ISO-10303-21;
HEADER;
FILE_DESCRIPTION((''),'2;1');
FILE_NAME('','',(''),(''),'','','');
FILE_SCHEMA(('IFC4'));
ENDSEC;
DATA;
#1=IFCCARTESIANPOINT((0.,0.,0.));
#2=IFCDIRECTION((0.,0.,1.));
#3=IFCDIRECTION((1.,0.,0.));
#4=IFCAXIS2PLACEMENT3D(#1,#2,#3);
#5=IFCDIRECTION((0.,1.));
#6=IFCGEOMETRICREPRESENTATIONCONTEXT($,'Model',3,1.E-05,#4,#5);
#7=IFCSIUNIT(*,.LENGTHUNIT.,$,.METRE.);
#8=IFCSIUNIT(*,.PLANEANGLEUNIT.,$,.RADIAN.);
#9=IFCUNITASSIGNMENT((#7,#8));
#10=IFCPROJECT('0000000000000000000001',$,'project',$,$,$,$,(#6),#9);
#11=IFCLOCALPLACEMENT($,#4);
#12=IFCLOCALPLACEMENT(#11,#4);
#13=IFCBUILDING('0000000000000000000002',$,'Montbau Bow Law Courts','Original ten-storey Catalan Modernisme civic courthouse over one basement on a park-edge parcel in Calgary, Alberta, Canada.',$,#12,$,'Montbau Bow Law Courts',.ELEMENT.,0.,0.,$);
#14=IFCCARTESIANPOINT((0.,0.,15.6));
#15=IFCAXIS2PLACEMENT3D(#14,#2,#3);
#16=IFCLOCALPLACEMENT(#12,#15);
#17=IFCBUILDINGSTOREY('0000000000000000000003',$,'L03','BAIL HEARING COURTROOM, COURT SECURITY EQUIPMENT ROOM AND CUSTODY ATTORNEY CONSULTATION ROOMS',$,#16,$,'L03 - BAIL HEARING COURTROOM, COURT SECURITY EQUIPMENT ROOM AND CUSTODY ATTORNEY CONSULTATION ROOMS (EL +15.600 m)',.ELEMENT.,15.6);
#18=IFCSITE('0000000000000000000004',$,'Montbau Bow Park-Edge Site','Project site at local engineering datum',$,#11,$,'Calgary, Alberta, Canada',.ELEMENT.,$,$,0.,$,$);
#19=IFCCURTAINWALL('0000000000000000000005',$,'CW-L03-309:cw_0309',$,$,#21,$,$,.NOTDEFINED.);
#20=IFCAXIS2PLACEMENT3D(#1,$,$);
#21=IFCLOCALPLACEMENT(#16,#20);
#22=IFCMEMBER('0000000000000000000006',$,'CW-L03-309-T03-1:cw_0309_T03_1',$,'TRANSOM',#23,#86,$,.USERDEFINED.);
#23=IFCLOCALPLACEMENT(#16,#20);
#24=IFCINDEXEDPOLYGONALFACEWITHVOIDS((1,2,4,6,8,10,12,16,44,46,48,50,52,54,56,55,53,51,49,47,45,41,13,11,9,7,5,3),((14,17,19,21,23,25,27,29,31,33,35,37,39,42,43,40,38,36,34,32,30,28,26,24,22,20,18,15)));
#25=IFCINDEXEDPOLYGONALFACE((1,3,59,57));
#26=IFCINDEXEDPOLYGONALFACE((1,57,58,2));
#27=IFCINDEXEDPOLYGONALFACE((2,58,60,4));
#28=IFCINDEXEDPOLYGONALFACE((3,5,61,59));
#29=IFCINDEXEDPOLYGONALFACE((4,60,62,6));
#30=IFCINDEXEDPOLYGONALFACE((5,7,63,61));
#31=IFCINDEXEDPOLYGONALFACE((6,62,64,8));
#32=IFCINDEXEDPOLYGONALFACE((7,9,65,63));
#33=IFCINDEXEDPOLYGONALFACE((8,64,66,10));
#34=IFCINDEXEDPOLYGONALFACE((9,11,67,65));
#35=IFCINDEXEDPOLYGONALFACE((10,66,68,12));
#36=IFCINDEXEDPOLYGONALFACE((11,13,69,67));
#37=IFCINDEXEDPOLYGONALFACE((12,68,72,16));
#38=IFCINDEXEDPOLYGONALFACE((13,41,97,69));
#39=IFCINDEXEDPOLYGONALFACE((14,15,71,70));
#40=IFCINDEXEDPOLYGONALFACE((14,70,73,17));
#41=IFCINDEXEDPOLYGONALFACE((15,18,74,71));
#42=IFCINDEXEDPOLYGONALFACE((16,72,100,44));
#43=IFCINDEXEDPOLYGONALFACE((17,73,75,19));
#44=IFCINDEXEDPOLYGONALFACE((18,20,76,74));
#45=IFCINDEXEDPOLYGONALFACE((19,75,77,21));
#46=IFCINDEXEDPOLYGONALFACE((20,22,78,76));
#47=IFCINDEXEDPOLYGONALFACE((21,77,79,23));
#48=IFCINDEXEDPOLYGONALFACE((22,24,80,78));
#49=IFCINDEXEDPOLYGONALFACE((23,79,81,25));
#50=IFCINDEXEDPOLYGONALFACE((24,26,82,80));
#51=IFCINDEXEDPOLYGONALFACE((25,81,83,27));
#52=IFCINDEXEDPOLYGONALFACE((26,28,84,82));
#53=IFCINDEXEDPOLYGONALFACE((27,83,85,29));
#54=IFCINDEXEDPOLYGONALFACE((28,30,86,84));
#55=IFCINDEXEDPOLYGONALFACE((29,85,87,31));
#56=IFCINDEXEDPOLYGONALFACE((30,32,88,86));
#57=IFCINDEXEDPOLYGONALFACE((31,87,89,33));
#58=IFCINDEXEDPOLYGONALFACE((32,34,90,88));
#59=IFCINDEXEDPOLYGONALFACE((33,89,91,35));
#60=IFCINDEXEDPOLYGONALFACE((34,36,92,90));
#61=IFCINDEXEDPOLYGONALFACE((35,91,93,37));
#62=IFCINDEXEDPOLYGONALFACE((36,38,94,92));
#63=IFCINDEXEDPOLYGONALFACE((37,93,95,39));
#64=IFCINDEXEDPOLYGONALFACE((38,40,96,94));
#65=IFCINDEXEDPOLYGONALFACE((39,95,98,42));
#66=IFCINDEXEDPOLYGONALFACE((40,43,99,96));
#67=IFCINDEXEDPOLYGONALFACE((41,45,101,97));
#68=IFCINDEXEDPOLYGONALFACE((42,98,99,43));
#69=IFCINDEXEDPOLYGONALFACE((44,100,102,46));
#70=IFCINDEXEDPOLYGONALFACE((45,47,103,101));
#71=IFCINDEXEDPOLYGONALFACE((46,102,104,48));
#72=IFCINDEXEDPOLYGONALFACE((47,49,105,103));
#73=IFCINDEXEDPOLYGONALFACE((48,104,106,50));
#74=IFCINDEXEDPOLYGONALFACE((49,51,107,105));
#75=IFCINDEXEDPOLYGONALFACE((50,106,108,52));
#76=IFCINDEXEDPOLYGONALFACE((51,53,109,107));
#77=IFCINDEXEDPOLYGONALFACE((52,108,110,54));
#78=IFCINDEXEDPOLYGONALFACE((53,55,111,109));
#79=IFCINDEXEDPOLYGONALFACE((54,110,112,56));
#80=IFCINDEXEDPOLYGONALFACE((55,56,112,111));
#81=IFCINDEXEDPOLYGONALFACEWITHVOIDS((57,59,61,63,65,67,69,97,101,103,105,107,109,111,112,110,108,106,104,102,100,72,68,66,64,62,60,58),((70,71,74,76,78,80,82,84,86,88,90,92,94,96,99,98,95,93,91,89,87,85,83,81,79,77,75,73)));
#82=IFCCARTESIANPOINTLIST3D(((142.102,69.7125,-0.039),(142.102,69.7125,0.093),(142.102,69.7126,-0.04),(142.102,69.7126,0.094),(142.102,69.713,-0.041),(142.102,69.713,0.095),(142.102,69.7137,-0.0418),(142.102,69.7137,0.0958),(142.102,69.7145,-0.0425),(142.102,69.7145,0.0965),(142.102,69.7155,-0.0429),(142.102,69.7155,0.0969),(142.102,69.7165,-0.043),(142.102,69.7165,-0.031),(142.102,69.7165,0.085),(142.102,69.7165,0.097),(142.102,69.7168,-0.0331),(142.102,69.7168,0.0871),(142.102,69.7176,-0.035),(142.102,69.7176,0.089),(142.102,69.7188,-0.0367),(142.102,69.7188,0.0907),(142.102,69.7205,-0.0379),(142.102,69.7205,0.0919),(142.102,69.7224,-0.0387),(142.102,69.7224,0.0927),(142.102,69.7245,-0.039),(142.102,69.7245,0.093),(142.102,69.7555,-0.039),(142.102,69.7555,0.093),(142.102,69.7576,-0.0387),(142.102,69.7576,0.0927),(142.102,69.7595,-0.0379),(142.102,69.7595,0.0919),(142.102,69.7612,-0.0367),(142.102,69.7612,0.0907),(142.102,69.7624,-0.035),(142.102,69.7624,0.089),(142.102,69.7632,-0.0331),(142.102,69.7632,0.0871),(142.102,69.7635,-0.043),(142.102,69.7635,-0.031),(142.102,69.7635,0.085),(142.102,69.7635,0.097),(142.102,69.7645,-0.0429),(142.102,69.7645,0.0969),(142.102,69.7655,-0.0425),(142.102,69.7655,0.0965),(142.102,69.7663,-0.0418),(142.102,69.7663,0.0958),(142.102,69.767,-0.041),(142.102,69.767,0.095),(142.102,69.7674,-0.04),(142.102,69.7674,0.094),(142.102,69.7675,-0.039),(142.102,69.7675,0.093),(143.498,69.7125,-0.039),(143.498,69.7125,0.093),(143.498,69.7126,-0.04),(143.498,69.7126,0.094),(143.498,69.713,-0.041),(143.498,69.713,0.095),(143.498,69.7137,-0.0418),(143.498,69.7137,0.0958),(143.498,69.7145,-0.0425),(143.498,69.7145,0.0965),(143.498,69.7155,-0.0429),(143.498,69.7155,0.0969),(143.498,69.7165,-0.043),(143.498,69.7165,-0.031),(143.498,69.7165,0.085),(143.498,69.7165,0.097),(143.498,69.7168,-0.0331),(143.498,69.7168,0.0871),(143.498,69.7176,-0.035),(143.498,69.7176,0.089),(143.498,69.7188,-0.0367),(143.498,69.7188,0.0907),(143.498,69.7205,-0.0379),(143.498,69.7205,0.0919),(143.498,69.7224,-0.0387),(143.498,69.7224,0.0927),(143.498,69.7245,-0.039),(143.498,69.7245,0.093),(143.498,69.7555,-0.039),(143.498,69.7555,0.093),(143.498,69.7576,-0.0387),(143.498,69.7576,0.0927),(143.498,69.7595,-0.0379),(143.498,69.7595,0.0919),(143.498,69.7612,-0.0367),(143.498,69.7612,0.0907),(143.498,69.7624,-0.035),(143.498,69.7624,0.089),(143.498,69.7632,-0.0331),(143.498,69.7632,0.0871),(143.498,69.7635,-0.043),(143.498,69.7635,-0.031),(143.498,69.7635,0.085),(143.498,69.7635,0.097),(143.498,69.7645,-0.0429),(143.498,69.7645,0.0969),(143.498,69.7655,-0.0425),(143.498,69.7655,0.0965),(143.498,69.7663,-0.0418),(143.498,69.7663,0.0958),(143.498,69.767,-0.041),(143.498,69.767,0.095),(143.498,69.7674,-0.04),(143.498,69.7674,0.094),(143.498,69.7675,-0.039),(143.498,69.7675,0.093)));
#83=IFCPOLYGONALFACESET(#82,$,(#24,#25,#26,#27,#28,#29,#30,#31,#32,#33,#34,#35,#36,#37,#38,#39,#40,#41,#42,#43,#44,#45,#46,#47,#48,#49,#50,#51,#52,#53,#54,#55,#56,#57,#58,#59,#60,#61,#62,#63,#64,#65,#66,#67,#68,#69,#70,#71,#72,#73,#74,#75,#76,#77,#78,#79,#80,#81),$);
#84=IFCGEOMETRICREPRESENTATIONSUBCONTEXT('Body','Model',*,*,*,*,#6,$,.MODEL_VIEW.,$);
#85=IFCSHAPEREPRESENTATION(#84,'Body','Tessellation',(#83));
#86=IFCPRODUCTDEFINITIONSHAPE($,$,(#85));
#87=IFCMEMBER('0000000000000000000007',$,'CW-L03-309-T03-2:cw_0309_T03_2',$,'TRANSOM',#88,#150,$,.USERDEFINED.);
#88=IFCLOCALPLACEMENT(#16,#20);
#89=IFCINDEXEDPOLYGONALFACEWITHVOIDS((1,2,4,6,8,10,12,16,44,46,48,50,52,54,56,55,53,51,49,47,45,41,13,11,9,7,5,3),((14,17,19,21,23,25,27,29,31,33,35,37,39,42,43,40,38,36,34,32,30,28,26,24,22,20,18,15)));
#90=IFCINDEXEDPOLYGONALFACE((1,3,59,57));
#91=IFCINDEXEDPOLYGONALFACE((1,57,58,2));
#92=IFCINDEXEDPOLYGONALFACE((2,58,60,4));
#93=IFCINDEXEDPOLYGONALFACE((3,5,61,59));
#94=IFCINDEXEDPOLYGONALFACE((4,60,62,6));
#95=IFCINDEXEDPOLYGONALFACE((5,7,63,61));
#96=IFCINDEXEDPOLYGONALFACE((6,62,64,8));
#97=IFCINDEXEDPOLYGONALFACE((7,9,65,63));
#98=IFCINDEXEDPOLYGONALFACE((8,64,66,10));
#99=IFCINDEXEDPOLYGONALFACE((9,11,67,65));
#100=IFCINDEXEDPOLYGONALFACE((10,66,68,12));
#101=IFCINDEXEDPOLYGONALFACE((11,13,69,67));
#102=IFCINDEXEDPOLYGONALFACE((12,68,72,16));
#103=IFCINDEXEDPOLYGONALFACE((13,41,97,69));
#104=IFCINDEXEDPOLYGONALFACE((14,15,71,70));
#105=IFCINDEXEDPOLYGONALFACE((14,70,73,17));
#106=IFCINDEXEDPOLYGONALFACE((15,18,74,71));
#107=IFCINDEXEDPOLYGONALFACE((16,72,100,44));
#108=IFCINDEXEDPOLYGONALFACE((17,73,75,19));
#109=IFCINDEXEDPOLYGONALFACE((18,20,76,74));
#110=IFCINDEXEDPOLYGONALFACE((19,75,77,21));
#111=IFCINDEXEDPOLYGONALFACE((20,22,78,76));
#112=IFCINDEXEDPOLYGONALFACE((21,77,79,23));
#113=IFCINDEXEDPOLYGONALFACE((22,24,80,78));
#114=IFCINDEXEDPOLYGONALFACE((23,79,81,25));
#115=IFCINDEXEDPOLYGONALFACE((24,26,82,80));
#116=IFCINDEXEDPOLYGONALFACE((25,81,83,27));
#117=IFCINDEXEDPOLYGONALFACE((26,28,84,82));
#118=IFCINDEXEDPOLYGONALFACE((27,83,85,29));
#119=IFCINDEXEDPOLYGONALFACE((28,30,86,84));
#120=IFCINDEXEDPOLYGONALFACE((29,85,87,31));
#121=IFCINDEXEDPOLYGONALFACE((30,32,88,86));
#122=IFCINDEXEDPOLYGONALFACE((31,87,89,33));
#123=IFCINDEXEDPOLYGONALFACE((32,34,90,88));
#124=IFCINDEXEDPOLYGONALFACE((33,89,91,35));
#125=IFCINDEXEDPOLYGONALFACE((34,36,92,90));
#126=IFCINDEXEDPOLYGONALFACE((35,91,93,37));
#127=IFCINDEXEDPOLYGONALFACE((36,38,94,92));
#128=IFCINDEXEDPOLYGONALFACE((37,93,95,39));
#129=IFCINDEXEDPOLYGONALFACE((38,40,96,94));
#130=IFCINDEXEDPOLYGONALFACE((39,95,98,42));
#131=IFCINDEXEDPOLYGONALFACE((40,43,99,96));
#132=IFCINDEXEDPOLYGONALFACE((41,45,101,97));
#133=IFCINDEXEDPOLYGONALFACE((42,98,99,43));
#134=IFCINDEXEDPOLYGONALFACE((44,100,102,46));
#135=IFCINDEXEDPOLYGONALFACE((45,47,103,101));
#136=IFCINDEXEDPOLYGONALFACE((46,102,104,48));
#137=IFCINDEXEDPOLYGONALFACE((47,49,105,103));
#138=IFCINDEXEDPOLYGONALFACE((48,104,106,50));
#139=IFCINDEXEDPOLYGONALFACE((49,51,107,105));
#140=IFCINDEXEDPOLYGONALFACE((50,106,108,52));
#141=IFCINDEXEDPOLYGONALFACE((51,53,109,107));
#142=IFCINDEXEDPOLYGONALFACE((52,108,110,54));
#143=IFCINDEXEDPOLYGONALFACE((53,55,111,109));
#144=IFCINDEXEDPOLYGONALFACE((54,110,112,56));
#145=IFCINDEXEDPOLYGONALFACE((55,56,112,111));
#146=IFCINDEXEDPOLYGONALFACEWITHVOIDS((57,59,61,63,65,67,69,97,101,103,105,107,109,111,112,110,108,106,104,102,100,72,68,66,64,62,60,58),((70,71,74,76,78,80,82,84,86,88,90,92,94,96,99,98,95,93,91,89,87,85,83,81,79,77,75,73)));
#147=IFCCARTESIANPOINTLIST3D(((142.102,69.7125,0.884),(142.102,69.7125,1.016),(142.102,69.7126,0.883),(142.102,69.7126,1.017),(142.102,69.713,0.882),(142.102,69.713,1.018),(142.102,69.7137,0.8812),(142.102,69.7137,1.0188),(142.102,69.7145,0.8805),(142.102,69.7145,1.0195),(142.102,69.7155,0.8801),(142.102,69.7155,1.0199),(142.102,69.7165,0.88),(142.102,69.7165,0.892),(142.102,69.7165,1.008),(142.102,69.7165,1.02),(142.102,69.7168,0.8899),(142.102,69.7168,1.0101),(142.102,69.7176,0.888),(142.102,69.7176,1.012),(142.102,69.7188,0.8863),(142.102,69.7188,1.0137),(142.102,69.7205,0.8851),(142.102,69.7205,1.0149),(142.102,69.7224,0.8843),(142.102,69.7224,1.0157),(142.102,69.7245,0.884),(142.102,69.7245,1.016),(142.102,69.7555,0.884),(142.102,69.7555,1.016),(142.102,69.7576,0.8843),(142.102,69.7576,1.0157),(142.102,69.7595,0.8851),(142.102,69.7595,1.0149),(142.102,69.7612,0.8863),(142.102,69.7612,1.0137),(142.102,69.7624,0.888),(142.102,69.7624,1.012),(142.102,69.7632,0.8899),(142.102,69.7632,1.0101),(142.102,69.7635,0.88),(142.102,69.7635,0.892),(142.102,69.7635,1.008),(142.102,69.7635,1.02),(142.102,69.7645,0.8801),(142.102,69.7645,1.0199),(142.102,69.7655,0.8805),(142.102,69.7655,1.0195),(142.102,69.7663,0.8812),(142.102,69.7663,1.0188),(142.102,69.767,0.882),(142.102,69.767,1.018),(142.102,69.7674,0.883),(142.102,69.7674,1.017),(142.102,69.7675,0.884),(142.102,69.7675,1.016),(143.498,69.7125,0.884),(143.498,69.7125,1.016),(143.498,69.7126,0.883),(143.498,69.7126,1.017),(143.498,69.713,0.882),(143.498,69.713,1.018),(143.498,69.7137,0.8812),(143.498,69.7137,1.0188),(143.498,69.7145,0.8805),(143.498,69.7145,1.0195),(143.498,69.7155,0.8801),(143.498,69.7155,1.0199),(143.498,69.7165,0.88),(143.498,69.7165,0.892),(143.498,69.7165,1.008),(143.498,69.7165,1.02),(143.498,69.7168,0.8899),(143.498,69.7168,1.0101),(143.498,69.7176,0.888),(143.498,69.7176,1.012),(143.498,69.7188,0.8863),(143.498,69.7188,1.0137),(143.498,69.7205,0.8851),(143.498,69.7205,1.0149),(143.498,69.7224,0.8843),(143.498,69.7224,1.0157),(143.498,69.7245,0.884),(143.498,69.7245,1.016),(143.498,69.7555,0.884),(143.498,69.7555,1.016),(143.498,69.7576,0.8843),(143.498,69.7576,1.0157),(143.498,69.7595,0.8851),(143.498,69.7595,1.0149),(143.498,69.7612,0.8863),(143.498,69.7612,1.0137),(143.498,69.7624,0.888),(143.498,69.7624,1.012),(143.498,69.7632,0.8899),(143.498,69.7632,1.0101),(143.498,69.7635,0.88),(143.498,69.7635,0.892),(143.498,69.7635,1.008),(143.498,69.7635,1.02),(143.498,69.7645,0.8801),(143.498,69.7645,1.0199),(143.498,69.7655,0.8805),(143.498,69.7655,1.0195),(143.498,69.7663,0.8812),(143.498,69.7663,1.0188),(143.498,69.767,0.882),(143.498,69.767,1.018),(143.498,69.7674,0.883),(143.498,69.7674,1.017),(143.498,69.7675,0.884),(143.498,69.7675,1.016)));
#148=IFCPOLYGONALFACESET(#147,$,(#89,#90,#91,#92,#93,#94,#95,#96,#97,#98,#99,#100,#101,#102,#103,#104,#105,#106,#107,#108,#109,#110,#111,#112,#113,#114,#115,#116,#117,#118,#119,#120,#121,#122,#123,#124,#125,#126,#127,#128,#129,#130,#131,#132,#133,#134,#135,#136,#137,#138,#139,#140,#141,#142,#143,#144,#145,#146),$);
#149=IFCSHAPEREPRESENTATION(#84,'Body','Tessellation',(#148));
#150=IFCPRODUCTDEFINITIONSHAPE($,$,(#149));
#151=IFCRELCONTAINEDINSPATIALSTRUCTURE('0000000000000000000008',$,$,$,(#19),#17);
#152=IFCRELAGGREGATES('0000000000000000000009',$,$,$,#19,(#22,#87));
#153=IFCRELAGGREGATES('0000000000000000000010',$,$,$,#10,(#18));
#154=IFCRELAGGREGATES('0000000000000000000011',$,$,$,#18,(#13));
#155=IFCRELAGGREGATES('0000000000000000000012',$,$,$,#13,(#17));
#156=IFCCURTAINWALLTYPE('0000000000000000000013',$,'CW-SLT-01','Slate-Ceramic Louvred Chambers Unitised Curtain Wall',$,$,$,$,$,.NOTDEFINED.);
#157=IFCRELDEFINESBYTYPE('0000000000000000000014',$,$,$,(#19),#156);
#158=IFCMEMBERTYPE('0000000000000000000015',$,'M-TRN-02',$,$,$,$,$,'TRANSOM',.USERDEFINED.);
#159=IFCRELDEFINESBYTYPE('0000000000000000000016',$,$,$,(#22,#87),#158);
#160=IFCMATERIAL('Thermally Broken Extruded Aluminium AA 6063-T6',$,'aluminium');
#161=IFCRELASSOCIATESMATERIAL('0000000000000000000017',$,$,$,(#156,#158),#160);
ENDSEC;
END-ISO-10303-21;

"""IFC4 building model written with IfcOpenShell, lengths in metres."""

from ifc_helpers import new_model, si_unit, direction, frame, origin_with_axes, origin_2d_with_axis, place, context, subcontext, project, spatial, hollow_rectangle, extrude, material, material_profile, profile_set, type_object, element, aggregate, save


model = new_model("IFC4")

# Units and contexts
model_context = context("Model", 3, precision=1e-05, world=origin_with_axes(), true_north=direction((0.0, 1.0)))
body_context = subcontext(model_context, "Body", "Model", "MODEL_VIEW")
ifc_project = project(units=[si_unit("LENGTHUNIT", "METRE"), si_unit("PLANEANGLEUNIT", "RADIAN")], contexts=[model_context])

# Site, building, storey
site_placement = place(None, origin_with_axes())
site = spatial("IfcSite", under=ifc_project, at=site_placement, Name="Montbau Bow Park-Edge Site", Description="Project site at local engineering datum", LongName="Calgary, Alberta, Canada", CompositionType="ELEMENT", RefElevation=0.0)
building_placement = place(site_placement, origin_with_axes())
building = spatial("IfcBuilding", under=site, at=building_placement, Name="Montbau Bow Law Courts", Description="Original ten-storey Catalan Modernisme civic courthouse over one basement on a park-edge parcel in Calgary, Alberta, Canada.", LongName="Montbau Bow Law Courts", CompositionType="ELEMENT", ElevationOfRefHeight=0.0, ElevationOfTerrain=0.0)
storey_placement = place(building_placement, frame((0.0, 0.0, 15.6), z_axis=(0.0, 0.0, 1.0), x_axis=(1.0, 0.0, 0.0)))
storey = spatial("IfcBuildingStorey", under=building, at=storey_placement, Name="L03", Description="BAIL HEARING COURTROOM, COURT SECURITY EQUIPMENT ROOM AND CUSTODY ATTORNEY CONSULTATION ROOMS", LongName="L03 - BAIL HEARING COURTROOM, COURT SECURITY EQUIPMENT ROOM AND CUSTODY ATTORNEY CONSULTATION ROOMS (EL +15.600 m)", CompositionType="ELEMENT", Elevation=15.6)

# Curtain wall, members
ifc_material_1 = material(Name="Thermally Broken Extruded Aluminium AA 6063-T6", Category="aluminium")
curtain_wall_type = type_object("IfcCurtainWallType", Name="CW-SLT-01", Description="Slate-Ceramic Louvred Chambers Unitised Curtain Wall", PredefinedType="NOTDEFINED", material=ifc_material_1)
curtain_wall_placement = place(None, frame((139.115, 69.74, 15.6), z_axis=(0.0, 0.0, 1.0), x_axis=(1.0, 0.0, 0.0)))
curtain_wall = element("IfcCurtainWall", 1, at=curtain_wall_placement, inside=storey, type_object=curtain_wall_type, Name="CW-L03-309:cw_0309", PredefinedType="NOTDEFINED")
ifc_material_profile_1 = material_profile(ifc_material_1, hollow_rectangle(XDim=0.055, YDim=0.14, WallThickness=0.004, InnerFilletRadius=0.008, OuterFilletRadius=0.004, at=origin_2d_with_axis()), Name="CWT-140X55", Category="Main", Priority=0)
ifc_profile_set_1 = profile_set([ifc_material_profile_1], Name="Thermally Broken Extruded Aluminium AA 6063-T6")
member_type_1 = type_object("IfcMemberType", Name="M-TRN-02", ElementType="TRANSOM", PredefinedType="USERDEFINED", material=ifc_profile_set_1)
member_1_placement = place(None, frame((142.102, 69.74, 15.627), z_axis=(1.0, 0.0, 0.0), x_axis=(0.0, 1.0, 0.0)))
member_1 = element("IfcMember", 2, at=member_1_placement, type_object=member_type_1, Name="CW-L03-309-T03-1:cw_0309_T03_1", ObjectType="TRANSOM", PredefinedType="USERDEFINED", context=body_context, shape_type="SweptSolid", body=[
    extrude(hollow_rectangle(XDim=0.055, YDim=0.14, WallThickness=0.004, InnerFilletRadius=0.008, OuterFilletRadius=0.004, at=origin_2d_with_axis()), origin_with_axes(), (0.0, 0.0, 1.0), 1.396),
])
member_2_placement = place(None, frame((142.102, 69.74, 16.55), z_axis=(1.0, 0.0, 0.0), x_axis=(0.0, 1.0, 0.0)))
member_2 = element("IfcMember", 3, at=member_2_placement, type_object=member_type_1, Name="CW-L03-309-T03-2:cw_0309_T03_2", ObjectType="TRANSOM", PredefinedType="USERDEFINED", context=body_context, shape_type="SweptSolid", body=[
    extrude(hollow_rectangle(XDim=0.055, YDim=0.14, WallThickness=0.004, InnerFilletRadius=0.008, OuterFilletRadius=0.004, at=origin_2d_with_axis()), origin_with_axes(), (0.0, 0.0, 1.0), 1.396),
])
aggregate(curtain_wall, [member_1, member_2])

save(model, "model.ifc")
